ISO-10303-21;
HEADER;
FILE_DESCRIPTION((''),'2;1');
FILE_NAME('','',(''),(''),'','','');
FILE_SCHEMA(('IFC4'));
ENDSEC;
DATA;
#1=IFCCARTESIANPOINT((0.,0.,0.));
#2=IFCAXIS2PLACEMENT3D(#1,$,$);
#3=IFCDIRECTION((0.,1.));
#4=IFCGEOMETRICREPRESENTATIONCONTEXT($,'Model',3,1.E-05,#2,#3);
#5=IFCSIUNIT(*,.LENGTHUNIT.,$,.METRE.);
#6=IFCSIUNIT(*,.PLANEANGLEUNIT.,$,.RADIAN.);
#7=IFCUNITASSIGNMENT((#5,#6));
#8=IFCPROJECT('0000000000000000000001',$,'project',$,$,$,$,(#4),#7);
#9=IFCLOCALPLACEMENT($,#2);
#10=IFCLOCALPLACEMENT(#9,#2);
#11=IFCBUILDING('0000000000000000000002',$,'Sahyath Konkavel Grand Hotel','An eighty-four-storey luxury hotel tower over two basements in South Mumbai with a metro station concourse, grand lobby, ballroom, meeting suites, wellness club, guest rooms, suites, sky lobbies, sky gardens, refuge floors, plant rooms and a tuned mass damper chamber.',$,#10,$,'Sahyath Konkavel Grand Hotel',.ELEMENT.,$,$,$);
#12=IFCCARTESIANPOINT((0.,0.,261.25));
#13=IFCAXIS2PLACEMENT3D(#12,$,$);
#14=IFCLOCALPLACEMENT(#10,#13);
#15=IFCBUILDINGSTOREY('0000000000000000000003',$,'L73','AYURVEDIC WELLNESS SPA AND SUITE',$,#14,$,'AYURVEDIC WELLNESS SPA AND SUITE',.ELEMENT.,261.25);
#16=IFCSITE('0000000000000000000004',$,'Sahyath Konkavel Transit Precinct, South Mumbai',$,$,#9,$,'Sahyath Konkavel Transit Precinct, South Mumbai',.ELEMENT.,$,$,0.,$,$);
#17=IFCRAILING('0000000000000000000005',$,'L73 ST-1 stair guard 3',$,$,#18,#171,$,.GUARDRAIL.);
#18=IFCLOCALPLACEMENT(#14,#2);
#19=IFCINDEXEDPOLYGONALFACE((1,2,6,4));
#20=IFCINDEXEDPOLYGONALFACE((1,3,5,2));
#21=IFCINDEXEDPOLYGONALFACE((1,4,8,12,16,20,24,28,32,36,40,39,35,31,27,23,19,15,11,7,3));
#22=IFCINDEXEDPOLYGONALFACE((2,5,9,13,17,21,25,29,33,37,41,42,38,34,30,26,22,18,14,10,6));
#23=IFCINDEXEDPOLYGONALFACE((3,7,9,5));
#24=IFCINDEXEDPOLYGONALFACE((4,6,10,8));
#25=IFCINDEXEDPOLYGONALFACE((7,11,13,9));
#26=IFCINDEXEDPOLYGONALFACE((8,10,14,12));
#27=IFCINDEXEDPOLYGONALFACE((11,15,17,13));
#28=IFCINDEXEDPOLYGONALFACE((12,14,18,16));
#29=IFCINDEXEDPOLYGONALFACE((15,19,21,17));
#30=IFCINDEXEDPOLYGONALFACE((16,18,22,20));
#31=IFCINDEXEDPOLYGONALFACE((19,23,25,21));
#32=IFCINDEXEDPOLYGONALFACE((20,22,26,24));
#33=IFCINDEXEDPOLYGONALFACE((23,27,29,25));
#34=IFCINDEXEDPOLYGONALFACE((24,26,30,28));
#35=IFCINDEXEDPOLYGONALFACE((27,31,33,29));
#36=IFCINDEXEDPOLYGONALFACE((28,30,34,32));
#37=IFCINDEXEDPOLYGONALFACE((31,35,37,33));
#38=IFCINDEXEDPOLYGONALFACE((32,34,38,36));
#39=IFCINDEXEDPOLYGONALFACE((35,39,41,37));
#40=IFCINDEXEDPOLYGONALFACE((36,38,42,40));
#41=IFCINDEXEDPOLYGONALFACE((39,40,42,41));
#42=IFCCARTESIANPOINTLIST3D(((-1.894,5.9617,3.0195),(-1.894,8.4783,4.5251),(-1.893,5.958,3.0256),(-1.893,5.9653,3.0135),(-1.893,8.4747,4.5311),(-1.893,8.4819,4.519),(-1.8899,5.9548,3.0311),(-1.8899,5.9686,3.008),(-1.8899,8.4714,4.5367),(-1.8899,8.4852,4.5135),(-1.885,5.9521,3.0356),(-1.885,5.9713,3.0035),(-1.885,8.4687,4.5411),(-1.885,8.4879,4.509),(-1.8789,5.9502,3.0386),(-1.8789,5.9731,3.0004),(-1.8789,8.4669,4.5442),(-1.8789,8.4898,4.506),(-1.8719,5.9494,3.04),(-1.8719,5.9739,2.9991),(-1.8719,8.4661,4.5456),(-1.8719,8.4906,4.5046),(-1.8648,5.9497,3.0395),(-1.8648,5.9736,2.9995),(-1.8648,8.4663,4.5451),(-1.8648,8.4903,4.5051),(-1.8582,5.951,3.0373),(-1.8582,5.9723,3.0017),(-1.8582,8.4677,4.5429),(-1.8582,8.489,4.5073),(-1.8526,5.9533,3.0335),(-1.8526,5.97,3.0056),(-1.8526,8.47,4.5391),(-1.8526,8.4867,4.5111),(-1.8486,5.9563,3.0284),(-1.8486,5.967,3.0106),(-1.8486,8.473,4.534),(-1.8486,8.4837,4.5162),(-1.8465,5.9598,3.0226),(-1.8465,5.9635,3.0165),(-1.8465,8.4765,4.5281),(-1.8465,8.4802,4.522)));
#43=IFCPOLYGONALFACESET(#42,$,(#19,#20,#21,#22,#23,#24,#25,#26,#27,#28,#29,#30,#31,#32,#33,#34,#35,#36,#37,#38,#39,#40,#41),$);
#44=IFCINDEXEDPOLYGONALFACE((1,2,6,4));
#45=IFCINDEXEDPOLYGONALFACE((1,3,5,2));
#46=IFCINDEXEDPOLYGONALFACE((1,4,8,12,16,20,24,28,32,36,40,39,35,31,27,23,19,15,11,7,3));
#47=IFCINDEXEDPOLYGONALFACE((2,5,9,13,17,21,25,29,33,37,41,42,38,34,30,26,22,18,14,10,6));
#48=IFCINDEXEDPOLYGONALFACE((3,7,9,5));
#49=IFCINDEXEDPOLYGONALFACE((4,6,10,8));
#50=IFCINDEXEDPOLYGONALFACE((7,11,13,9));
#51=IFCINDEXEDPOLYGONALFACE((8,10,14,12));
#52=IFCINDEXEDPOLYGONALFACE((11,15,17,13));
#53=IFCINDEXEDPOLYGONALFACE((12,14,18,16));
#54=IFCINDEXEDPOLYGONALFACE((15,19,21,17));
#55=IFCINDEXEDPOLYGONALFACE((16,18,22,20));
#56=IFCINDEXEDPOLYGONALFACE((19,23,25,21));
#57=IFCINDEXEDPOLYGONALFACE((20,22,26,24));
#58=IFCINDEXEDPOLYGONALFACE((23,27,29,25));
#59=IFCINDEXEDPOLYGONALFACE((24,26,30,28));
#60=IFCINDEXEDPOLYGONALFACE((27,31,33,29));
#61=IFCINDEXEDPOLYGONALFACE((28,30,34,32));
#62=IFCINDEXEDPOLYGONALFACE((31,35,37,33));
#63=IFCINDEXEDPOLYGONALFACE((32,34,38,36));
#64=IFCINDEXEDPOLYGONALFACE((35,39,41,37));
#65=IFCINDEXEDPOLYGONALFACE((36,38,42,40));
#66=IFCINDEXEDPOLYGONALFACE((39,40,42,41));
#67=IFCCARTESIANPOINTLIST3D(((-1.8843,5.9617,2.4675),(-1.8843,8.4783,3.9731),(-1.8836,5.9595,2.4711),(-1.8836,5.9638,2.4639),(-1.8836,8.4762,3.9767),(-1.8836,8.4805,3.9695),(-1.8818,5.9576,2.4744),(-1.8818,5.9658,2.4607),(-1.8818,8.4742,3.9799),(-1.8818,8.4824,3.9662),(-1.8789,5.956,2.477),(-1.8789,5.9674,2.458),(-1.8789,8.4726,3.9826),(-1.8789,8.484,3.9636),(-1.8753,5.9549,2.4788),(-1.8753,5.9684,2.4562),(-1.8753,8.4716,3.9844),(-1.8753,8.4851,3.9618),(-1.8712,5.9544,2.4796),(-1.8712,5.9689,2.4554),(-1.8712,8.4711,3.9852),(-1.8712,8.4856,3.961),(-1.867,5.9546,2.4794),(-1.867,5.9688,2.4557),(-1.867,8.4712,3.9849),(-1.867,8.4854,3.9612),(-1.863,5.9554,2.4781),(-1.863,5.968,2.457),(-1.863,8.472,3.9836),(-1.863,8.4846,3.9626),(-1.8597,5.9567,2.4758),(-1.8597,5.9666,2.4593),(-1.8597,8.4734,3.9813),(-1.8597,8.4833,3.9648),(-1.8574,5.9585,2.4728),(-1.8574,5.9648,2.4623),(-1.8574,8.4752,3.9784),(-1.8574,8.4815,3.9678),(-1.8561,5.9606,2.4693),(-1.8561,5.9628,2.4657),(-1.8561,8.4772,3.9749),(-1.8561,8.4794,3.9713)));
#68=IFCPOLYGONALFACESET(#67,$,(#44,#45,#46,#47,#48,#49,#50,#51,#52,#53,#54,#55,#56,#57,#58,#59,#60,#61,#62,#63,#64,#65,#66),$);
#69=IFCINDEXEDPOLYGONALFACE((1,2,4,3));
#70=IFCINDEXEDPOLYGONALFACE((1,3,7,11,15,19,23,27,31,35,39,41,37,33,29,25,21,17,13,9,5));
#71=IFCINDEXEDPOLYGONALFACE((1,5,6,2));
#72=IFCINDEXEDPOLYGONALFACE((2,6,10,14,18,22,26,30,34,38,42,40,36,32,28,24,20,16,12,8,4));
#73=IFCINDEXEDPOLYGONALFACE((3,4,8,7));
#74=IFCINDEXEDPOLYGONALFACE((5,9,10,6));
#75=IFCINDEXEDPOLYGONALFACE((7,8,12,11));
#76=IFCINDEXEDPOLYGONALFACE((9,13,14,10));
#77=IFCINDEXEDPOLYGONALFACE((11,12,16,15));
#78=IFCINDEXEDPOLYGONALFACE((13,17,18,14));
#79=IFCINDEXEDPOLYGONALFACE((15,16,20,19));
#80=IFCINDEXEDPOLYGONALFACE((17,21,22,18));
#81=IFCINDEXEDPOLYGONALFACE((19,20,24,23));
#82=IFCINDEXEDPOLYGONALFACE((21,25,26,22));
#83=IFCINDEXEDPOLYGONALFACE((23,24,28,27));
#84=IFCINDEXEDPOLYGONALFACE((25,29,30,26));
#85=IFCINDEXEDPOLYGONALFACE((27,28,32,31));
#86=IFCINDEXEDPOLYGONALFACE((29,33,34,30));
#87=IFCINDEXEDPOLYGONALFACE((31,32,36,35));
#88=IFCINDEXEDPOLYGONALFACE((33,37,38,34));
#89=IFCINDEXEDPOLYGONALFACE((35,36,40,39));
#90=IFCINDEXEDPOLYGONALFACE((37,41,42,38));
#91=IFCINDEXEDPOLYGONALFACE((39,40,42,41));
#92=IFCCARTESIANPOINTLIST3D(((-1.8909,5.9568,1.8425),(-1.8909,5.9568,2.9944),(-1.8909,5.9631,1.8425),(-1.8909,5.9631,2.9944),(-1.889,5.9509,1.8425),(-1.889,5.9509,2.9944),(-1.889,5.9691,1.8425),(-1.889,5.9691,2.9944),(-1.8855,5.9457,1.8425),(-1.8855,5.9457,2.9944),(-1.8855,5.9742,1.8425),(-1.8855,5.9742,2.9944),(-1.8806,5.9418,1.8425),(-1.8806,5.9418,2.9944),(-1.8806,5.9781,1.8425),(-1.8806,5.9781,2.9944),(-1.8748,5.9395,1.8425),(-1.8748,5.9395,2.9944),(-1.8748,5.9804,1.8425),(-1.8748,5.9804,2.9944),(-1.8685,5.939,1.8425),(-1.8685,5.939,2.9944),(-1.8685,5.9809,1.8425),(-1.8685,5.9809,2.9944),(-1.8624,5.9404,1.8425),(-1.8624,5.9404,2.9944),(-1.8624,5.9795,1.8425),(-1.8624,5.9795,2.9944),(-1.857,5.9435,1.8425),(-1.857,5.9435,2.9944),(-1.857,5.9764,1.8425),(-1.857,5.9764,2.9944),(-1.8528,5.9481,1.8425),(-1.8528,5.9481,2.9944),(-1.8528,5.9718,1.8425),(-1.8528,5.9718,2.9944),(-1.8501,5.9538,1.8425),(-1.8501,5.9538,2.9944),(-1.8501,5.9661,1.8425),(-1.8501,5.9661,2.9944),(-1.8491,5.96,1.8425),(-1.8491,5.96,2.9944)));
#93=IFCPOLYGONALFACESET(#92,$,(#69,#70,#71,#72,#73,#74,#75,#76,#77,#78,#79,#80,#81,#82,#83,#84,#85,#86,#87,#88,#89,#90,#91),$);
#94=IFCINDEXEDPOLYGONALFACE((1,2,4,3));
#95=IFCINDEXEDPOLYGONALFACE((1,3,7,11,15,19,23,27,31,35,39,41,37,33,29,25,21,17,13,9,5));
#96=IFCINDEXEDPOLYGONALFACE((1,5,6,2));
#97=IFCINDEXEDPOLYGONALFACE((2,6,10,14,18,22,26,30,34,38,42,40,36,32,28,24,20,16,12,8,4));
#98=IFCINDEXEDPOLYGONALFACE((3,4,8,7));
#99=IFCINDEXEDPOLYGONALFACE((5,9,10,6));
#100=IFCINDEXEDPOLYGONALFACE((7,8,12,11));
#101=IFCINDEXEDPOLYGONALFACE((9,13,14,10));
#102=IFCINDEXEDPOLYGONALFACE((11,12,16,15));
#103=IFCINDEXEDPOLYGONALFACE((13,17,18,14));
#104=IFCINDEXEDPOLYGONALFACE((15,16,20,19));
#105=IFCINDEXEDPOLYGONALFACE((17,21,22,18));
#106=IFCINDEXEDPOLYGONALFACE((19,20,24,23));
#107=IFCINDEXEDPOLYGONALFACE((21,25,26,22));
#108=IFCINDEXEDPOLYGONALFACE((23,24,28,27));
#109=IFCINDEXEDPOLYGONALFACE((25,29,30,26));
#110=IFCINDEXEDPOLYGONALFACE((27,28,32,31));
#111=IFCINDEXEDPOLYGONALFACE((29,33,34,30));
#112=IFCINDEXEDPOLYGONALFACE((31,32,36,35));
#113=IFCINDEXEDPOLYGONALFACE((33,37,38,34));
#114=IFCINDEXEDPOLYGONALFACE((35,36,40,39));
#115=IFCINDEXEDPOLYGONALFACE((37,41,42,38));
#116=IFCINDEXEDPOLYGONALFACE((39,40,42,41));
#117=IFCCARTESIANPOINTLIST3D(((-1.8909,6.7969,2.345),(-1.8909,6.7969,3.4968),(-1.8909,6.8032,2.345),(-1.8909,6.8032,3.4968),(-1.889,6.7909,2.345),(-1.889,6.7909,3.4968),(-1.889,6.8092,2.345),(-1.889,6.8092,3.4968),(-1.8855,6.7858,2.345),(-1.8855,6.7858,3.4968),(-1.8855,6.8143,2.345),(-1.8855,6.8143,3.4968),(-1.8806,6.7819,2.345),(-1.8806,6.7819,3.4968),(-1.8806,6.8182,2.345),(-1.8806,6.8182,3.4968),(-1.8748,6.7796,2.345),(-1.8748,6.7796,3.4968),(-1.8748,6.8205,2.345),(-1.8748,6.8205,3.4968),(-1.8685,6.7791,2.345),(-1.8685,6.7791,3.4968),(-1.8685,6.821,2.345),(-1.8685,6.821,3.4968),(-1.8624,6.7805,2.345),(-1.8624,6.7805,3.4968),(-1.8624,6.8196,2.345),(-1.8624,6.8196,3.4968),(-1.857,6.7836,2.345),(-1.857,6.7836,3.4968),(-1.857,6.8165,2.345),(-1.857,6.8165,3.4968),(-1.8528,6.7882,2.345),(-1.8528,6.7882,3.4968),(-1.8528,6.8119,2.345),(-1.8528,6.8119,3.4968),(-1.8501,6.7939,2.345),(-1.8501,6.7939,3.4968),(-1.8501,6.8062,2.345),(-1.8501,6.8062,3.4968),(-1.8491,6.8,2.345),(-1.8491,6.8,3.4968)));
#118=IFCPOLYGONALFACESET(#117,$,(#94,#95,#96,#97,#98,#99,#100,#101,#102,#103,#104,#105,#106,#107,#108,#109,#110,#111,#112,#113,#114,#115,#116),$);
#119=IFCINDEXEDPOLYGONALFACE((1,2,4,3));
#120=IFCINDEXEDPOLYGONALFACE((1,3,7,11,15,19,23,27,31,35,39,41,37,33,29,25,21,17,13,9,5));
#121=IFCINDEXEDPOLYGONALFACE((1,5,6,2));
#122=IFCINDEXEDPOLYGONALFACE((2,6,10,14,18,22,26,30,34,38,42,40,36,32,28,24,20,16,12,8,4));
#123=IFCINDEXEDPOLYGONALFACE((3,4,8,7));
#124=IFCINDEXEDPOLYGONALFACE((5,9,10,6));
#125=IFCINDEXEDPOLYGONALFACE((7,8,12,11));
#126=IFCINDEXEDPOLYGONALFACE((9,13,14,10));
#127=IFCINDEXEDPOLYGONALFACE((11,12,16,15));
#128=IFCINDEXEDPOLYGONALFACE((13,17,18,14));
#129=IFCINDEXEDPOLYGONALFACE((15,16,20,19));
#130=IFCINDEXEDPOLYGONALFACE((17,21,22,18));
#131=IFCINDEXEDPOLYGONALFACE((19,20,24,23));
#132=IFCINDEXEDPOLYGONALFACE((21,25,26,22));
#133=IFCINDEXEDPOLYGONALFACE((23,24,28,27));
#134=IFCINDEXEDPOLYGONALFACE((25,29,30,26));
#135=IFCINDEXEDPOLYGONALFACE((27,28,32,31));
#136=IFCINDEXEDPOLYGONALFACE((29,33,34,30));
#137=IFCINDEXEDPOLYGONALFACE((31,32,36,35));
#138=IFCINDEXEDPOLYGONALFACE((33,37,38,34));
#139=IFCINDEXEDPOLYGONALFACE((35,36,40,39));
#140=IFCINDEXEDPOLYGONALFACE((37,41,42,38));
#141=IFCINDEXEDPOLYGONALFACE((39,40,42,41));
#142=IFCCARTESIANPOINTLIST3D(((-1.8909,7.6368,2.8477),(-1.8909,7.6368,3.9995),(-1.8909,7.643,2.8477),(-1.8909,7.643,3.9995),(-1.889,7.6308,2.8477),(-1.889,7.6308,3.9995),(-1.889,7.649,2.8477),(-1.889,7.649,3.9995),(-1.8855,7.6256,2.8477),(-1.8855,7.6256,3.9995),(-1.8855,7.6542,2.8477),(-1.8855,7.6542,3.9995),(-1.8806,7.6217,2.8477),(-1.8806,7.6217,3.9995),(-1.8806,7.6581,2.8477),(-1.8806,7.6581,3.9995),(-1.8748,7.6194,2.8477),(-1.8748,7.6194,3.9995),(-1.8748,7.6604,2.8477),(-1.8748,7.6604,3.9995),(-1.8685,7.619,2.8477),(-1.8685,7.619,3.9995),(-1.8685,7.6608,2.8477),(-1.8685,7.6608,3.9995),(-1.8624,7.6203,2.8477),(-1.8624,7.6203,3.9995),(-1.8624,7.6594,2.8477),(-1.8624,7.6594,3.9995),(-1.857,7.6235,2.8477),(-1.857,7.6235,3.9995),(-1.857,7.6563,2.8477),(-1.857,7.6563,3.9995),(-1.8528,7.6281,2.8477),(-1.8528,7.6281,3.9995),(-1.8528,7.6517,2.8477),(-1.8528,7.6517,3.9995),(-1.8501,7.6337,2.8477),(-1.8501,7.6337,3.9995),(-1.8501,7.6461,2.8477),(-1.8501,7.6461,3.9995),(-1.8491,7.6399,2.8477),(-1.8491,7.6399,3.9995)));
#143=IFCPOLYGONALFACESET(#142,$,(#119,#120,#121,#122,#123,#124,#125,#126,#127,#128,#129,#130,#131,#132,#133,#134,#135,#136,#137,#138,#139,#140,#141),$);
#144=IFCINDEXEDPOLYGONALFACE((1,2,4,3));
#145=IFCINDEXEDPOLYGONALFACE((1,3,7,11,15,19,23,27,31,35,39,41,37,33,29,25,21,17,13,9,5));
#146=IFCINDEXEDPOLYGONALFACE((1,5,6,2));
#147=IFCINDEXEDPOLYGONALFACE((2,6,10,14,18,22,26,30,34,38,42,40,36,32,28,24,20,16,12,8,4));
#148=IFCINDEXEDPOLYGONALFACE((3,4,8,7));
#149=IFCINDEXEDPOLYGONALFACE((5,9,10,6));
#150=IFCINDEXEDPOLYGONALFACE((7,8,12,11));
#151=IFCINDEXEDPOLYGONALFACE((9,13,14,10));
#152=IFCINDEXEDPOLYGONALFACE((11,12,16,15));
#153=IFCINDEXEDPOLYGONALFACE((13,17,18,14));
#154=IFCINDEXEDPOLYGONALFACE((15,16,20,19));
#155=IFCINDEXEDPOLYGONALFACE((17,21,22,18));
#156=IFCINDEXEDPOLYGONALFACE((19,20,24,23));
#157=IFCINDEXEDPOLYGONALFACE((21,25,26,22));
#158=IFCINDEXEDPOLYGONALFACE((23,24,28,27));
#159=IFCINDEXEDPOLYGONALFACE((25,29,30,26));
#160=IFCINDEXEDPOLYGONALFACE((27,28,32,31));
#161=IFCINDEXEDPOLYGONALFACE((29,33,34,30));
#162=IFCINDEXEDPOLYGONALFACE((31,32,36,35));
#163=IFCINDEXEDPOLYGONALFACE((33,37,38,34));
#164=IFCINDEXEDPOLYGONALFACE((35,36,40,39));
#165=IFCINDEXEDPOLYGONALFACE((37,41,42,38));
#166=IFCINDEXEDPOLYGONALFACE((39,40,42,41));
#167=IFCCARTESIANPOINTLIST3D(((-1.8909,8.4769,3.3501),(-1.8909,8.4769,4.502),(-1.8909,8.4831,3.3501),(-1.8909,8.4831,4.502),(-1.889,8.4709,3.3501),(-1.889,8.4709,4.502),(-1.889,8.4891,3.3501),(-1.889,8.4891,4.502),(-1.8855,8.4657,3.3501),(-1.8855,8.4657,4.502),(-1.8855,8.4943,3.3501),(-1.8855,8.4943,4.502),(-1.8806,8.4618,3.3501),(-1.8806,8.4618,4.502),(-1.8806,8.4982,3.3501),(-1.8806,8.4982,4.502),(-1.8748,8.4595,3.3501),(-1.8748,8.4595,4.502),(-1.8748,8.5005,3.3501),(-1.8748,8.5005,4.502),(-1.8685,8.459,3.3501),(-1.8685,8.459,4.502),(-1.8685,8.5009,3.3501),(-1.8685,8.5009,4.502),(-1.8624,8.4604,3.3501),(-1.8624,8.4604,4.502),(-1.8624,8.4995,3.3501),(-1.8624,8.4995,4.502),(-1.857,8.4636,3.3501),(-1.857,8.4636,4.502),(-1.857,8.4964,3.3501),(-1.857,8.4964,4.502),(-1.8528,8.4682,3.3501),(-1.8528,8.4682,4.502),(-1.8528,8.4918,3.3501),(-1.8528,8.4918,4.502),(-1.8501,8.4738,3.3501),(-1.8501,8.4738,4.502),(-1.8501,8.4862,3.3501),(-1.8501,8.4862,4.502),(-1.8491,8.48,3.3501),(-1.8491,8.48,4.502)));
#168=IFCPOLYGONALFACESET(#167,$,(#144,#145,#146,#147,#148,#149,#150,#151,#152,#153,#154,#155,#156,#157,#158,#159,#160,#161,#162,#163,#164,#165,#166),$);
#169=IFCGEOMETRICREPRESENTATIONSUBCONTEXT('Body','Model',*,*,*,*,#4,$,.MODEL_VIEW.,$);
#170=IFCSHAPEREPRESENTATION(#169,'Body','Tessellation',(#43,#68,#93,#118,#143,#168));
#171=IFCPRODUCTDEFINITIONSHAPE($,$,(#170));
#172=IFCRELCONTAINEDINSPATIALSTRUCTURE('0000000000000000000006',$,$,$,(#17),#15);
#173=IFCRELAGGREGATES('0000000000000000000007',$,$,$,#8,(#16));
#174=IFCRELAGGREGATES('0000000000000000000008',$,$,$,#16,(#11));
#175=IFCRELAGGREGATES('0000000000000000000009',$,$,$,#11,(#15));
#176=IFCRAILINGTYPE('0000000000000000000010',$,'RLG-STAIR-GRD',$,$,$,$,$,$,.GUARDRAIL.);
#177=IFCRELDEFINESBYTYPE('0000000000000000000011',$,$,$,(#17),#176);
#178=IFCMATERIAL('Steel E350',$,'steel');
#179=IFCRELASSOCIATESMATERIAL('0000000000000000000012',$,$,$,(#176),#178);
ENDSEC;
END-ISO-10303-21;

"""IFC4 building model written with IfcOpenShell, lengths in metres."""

from ifc_helpers import new_model, si_unit, direction, frame, origin, origin_2d, place, context, subcontext, project, spatial, circle, extrude, material, type_object, element, save


model = new_model("IFC4")

# Units and contexts
model_context = context("Model", 3, precision=1e-05, world=origin(), true_north=direction((0.0, 1.0)))
body_context = subcontext(model_context, "Body", "Model", "MODEL_VIEW")
ifc_project = project(units=[si_unit("LENGTHUNIT", "METRE"), si_unit("PLANEANGLEUNIT", "RADIAN")], contexts=[model_context])

# Site, building, storey
site_placement = place(None, origin())
site = spatial("IfcSite", under=ifc_project, at=site_placement, Name="Sahyath Konkavel Transit Precinct, South Mumbai", LongName="Sahyath Konkavel Transit Precinct, South Mumbai", CompositionType="ELEMENT", RefElevation=0.0)
building_placement = place(site_placement, origin())
building = spatial("IfcBuilding", under=site, at=building_placement, Name="Sahyath Konkavel Grand Hotel", Description="An eighty-four-storey luxury hotel tower over two basements in South Mumbai with a metro station concourse, grand lobby, ballroom, meeting suites, wellness club, guest rooms, suites, sky lobbies, sky gardens, refuge floors, plant rooms and a tuned mass damper chamber.", LongName="Sahyath Konkavel Grand Hotel", CompositionType="ELEMENT")
storey_placement = place(building_placement, frame((0.0, 0.0, 261.25)))
storey = spatial("IfcBuildingStorey", under=building, at=storey_placement, Name="L73", Description="AYURVEDIC WELLNESS SPA AND SUITE", LongName="AYURVEDIC WELLNESS SPA AND SUITE", CompositionType="ELEMENT", Elevation=261.25)

# Shared definitions
ifc_material_1 = material(Name="Steel E350", Category="steel")

# Railing
railing_type_1 = type_object("IfcRailingType", Name="RLG-STAIR-GRD", PredefinedType="GUARDRAIL", material=ifc_material_1)
railing_1_placement = place(storey_placement, frame((-1.8701, 5.96, 1.8425)))
element("IfcRailing", 1, at=railing_1_placement, inside=storey, type_object=railing_type_1, Name="L73 ST-1 stair guard 3", PredefinedType="GUARDRAIL", context=body_context, shape_type="SweptSolid", body=[
    extrude(circle(Radius=0.0239, at=origin_2d()), frame((0.0, 0.0017, 1.177), z_axis=(0.0, 0.85816, 0.513383), x_axis=(-1.0, 0.0, 0.0)), (0.0, 0.0, 1.0), 2.9326),
    extrude(circle(Radius=0.0142, at=origin_2d()), frame((0.0, 0.0017, 0.625), z_axis=(0.0, 0.85816, 0.513383), x_axis=(-1.0, 0.0, 0.0)), (0.0, 0.0, 1.0), 2.9326),
    extrude(circle(Radius=0.021, at=origin_2d()), origin(), (0.0, 0.0, 1.0), 1.1519),
    extrude(circle(Radius=0.021, at=origin_2d()), frame((0.0, 0.8401, 0.5024)), (0.0, 0.0, 1.0), 1.1519),
    extrude(circle(Radius=0.021, at=origin_2d()), frame((0.0, 1.6799, 1.0051)), (0.0, 0.0, 1.0), 1.1519),
    extrude(circle(Radius=0.021, at=origin_2d()), frame((0.0, 2.52, 1.5076)), (0.0, 0.0, 1.0), 1.1519),
])

save(model, "model.ifc")
